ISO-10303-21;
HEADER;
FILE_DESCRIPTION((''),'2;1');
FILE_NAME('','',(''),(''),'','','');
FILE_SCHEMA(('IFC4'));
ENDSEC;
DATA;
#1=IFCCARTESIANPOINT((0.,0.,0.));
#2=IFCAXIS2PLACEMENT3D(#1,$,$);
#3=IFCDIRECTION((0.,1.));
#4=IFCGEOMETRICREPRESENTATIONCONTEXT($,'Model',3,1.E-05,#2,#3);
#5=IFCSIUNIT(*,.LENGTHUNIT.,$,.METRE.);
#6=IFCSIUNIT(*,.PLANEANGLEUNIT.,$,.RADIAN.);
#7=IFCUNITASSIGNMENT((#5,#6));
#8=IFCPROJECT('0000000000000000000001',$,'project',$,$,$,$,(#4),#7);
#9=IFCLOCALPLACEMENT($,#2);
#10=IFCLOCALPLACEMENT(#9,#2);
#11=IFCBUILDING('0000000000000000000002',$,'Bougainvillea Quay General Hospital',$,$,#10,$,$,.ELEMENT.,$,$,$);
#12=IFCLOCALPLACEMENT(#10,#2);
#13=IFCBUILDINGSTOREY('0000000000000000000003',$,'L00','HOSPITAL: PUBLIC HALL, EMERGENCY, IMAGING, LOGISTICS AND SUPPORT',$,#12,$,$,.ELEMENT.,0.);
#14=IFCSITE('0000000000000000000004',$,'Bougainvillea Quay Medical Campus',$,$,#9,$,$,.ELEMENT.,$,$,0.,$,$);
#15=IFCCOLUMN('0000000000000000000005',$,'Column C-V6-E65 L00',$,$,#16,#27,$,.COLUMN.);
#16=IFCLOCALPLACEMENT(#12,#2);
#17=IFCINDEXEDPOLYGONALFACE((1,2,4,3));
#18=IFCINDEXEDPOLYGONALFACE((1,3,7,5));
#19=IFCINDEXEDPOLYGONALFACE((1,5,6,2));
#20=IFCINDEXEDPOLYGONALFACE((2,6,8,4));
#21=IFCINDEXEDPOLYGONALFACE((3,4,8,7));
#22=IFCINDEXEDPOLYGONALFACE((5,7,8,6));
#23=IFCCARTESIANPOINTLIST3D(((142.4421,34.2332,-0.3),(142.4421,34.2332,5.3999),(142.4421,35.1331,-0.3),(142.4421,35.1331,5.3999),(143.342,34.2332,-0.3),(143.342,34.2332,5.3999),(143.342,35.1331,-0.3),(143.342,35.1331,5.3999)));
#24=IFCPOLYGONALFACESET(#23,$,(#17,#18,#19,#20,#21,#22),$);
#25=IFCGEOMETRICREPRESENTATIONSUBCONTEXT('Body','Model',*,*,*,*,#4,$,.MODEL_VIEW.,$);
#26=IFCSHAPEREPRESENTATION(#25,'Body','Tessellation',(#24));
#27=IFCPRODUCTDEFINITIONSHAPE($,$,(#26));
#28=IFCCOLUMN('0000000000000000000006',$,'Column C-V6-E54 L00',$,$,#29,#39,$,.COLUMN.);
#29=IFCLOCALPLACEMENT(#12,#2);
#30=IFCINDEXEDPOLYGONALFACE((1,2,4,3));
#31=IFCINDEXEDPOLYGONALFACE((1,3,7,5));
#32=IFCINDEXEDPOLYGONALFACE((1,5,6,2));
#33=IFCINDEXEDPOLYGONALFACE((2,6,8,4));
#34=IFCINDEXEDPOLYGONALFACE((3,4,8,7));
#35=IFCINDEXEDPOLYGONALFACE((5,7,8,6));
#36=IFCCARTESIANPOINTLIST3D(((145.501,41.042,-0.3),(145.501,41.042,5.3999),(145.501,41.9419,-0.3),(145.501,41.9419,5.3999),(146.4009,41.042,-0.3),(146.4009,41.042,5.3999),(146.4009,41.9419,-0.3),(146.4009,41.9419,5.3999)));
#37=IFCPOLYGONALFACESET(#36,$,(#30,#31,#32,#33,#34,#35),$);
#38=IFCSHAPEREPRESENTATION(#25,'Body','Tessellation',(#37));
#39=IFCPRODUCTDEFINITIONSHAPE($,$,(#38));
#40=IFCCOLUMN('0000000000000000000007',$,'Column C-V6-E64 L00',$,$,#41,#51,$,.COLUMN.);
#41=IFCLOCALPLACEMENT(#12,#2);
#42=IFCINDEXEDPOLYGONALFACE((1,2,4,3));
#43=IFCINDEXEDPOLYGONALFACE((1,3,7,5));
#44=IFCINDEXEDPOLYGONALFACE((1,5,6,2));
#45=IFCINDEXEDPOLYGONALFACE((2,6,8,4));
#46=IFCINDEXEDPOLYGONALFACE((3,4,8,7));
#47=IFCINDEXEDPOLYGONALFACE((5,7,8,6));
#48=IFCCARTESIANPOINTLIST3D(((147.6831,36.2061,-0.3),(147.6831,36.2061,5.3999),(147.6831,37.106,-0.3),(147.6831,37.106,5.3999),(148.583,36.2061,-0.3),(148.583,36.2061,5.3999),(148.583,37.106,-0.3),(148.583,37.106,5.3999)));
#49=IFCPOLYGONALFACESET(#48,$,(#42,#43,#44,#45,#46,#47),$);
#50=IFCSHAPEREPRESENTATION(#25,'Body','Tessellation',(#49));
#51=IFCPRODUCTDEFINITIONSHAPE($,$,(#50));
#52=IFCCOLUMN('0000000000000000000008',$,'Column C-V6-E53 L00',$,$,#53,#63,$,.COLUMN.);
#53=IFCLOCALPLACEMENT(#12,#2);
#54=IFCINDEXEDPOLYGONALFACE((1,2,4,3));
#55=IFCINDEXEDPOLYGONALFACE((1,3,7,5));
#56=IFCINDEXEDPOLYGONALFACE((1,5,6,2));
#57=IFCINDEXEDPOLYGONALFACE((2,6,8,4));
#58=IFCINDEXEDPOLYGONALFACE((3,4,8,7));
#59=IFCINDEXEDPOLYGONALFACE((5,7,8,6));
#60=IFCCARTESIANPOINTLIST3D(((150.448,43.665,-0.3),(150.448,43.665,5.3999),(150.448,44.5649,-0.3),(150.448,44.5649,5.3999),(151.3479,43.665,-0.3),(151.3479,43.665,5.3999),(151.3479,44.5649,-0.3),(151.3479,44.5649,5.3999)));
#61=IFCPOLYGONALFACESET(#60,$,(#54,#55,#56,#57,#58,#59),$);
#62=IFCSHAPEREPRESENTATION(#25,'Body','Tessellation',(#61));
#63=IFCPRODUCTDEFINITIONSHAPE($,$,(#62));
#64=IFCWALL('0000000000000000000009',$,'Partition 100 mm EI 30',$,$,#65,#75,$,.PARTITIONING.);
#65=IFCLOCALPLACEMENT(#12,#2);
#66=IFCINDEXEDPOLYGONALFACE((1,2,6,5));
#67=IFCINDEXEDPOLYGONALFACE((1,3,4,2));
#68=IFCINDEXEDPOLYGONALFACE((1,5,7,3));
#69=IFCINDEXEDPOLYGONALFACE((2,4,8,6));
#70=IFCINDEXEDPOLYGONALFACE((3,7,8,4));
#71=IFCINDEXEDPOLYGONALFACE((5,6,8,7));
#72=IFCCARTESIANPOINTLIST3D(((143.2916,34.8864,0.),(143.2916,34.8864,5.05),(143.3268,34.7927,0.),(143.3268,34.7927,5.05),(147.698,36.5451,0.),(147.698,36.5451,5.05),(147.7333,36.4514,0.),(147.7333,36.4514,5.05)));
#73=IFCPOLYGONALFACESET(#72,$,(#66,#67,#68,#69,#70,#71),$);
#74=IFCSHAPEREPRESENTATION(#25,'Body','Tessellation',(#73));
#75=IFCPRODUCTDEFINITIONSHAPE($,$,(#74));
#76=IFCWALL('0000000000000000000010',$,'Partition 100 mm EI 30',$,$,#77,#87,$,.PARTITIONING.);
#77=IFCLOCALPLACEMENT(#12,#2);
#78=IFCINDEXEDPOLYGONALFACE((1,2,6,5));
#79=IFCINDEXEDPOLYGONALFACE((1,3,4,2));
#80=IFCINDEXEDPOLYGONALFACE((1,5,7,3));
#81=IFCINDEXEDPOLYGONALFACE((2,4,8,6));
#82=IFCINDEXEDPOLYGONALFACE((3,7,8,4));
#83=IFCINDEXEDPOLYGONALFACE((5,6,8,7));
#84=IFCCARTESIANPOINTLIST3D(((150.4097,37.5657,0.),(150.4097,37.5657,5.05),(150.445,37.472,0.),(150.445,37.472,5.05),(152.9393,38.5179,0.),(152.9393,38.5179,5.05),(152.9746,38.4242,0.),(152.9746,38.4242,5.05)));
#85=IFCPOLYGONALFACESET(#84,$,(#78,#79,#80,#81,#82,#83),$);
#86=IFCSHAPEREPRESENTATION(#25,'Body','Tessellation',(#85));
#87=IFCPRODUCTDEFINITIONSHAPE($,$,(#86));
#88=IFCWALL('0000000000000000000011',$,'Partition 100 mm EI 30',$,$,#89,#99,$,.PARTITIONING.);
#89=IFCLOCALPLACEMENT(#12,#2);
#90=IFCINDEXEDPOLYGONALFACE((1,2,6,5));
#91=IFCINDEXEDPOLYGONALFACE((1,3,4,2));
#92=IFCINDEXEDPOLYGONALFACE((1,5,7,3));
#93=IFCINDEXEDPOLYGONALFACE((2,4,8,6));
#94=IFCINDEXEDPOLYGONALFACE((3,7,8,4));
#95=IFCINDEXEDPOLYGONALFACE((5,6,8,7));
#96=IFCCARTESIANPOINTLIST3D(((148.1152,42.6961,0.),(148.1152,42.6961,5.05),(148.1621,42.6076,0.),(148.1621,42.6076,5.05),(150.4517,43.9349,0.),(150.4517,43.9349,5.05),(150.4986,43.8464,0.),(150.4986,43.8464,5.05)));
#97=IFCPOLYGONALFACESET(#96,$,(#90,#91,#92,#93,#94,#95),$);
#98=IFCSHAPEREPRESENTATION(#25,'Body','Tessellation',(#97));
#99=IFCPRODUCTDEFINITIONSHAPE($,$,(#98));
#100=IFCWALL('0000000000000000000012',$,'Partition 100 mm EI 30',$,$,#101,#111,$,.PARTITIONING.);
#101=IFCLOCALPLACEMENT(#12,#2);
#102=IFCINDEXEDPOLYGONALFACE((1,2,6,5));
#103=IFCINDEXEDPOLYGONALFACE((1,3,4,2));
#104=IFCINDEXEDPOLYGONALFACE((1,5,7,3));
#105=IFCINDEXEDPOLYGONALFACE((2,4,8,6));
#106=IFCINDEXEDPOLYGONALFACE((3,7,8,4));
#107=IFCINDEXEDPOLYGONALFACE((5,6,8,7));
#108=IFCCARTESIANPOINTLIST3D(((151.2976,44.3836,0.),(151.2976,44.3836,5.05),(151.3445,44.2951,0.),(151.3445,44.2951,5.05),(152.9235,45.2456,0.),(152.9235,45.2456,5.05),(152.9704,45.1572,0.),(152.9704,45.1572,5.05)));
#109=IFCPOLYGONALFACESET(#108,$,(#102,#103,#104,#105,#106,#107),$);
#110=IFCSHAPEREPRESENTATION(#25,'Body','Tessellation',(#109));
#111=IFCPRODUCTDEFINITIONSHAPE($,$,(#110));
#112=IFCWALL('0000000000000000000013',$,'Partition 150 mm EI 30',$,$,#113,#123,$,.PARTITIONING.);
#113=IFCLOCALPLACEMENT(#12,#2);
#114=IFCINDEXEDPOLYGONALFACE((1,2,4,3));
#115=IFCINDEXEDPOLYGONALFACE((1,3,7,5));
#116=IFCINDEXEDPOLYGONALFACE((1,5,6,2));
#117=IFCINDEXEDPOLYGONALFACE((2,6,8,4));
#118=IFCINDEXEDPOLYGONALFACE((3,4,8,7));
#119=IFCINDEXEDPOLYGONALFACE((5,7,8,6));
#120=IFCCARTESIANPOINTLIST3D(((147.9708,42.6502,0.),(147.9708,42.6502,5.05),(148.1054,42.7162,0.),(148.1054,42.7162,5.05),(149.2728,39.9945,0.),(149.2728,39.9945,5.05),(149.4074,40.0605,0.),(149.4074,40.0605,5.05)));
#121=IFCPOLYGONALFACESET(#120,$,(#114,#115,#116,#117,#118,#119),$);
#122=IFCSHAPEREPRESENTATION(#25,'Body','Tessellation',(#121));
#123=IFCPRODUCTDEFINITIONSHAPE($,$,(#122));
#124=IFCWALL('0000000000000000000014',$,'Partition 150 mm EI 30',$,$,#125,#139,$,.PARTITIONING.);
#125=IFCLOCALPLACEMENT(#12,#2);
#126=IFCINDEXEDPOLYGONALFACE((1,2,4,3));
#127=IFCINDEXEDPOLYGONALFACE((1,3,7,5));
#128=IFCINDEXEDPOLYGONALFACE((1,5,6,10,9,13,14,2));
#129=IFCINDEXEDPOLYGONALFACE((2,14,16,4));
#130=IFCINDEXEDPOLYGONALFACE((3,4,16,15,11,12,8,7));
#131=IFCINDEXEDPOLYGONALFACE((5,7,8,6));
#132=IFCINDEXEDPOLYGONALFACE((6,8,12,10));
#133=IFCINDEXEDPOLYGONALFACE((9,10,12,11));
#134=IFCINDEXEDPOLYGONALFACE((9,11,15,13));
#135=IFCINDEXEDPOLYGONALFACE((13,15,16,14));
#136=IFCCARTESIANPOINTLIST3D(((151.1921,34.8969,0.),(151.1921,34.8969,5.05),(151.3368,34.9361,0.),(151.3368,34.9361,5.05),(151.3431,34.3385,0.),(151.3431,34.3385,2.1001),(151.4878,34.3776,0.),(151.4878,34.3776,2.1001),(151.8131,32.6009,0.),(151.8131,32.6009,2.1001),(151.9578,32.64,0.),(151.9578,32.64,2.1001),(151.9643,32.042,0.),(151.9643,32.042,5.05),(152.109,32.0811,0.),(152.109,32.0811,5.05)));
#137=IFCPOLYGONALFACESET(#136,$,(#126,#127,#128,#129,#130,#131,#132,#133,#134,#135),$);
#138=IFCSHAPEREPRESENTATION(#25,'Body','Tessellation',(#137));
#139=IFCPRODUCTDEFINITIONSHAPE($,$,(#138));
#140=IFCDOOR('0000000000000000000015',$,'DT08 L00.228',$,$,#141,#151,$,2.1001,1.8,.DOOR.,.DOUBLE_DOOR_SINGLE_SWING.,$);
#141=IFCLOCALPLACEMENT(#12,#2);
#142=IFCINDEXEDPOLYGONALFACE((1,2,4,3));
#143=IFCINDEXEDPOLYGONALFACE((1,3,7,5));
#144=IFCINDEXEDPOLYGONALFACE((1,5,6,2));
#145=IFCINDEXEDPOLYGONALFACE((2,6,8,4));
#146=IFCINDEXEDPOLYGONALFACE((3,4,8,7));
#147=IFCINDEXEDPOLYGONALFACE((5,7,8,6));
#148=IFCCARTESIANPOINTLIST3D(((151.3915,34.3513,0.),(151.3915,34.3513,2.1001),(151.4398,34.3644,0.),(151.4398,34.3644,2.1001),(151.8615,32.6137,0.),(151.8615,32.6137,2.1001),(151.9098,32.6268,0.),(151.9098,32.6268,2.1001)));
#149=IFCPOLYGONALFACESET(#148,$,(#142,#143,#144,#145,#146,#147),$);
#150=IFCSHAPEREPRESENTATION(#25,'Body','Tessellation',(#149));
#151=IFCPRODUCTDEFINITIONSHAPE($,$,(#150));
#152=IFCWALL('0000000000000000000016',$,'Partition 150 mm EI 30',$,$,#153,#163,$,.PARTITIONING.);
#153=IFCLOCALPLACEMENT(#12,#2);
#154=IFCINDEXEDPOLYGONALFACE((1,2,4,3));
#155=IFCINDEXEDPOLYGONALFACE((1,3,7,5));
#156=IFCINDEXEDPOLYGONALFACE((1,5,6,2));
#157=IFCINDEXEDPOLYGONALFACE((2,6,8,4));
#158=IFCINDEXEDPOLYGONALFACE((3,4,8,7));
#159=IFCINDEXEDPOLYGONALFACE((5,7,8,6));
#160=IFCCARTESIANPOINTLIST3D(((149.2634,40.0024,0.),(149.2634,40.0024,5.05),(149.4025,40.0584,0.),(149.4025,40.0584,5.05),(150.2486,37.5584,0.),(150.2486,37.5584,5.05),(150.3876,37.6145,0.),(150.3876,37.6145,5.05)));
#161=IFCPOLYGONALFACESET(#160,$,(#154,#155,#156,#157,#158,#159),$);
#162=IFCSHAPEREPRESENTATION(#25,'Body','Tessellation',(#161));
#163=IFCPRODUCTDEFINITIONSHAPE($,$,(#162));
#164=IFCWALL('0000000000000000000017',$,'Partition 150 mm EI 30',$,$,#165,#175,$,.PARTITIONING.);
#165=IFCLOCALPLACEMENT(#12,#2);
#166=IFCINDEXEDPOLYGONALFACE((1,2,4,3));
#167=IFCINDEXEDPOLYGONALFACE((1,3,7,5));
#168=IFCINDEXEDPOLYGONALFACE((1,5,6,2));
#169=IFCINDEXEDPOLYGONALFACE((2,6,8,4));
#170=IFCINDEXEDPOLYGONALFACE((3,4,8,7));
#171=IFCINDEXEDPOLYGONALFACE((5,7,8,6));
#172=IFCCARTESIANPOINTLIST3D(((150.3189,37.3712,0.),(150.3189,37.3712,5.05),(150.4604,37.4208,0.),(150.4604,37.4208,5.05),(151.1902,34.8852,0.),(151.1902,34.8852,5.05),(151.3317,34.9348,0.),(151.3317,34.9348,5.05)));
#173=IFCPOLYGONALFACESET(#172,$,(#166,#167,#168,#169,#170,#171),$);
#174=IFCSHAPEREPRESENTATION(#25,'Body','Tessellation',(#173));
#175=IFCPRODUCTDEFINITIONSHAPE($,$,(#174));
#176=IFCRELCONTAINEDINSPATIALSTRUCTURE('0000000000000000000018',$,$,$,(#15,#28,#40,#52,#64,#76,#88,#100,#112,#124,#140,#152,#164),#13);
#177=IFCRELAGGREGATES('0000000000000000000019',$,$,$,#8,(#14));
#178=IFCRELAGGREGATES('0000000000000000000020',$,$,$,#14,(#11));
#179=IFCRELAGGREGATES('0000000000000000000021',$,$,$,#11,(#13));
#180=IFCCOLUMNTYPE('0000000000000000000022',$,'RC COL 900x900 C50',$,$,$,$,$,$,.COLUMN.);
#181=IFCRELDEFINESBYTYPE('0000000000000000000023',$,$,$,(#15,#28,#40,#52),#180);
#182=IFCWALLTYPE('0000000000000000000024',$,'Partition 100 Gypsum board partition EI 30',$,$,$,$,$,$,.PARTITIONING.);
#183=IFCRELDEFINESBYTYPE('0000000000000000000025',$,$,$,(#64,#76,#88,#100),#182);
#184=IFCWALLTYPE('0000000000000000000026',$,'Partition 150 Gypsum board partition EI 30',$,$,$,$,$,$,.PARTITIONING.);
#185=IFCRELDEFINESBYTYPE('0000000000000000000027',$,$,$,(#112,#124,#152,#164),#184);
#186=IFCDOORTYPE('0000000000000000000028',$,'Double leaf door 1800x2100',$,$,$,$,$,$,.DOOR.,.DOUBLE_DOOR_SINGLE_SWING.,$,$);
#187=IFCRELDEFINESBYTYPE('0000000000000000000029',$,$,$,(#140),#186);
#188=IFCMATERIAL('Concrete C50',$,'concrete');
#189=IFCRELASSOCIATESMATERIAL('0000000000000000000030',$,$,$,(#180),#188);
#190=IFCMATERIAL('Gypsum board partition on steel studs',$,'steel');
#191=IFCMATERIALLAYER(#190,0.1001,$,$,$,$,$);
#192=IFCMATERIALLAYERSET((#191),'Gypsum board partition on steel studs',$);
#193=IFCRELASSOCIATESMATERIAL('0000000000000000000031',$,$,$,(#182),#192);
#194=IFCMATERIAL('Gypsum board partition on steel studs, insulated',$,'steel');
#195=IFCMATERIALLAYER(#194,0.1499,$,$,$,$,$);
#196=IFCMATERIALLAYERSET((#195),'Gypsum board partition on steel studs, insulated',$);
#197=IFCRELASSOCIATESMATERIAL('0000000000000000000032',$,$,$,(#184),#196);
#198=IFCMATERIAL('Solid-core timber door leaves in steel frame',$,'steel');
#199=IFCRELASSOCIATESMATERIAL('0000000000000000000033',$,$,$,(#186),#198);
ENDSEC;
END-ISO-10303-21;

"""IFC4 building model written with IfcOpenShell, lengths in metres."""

from ifc_helpers import new_model, si_unit, direction, frame, frame_2d, origin, origin_2d, place, context, subcontext, project, spatial, rectangle, extrude, material, layer, layer_set, material_profile, profile_set, type_object, element, fill, save


model = new_model("IFC4")

# Units and contexts
model_context = context("Model", 3, precision=1e-05, world=origin(), true_north=direction((0.0, 1.0)))
body_context = subcontext(model_context, "Body", "Model", "MODEL_VIEW")
ifc_project = project(units=[si_unit("LENGTHUNIT", "METRE"), si_unit("PLANEANGLEUNIT", "RADIAN")], contexts=[model_context])

# Site, building, storey
site_placement = place(None, origin())
site = spatial("IfcSite", under=ifc_project, at=site_placement, Name="Bougainvillea Quay Medical Campus", CompositionType="ELEMENT", RefElevation=0.0)
building_placement = place(site_placement, origin())
building = spatial("IfcBuilding", under=site, at=building_placement, Name="Bougainvillea Quay General Hospital", CompositionType="ELEMENT")
storey_placement = place(building_placement, origin())
storey = spatial("IfcBuildingStorey", under=building, at=storey_placement, Name="L00", Description="HOSPITAL: PUBLIC HALL, EMERGENCY, IMAGING, LOGISTICS AND SUPPORT", CompositionType="ELEMENT", Elevation=0.0)

# Columns
ifc_material_1 = material(Name="Concrete C50", Category="concrete")
ifc_material_profile_1 = material_profile(ifc_material_1, rectangle(XDim=0.8999, YDim=0.8999, at=origin_2d()))
ifc_profile_set_1 = profile_set([ifc_material_profile_1], Name="Concrete C50")
column_type = type_object("IfcColumnType", Name="RC COL 900x900 C50", PredefinedType="COLUMN", material=ifc_profile_set_1)
for number, where, z_axis, x_axis, name in (
    (1, (142.8921, 34.6831, -0.3), (0.0, 0.0, 1.0), (1.0, 0.0, 0.0), "Column C-V6-E65 L00"),
    (2, (145.9509, 41.4919, -0.3), (0.0, 0.0, 1.0), (1.0, 0.0, 0.0), "Column C-V6-E54 L00"),
    (3, (148.1331, 36.656, -0.3), (0.0, 0.0, 1.0), (1.0, 0.0, 0.0), "Column C-V6-E64 L00"),
    (4, (150.8979, 44.115, -0.3), (0.0, 0.0, 1.0), (1.0, 0.0, 0.0), "Column C-V6-E53 L00"),
):
    element("IfcColumn", number, at=place(storey_placement, frame(where, z_axis=z_axis, x_axis=x_axis)), inside=storey, type_object=column_type, Name=name, PredefinedType="COLUMN", context=body_context, shape_type="SweptSolid", body=[
        extrude(rectangle(XDim=0.8999, YDim=0.8999, at=origin_2d()), origin(), (0.0, 0.0, 1.0), 5.7),
    ])

# Walls
ifc_material_2 = material(Name="Gypsum board partition on steel studs", Category="steel")
ifc_layer_1 = layer(ifc_material_2, 0.1001)
ifc_layer_set_1 = layer_set([ifc_layer_1], Name="Gypsum board partition on steel studs")
wall_type_1 = type_object("IfcWallType", Name="Partition 100 Gypsum board partition EI 30", PredefinedType="PARTITIONING", material=ifc_layer_set_1)
wall_1_placement = place(storey_placement, frame((143.3093, 34.8396, 0.0), z_axis=(0.0, 0.0, 1.0), x_axis=(0.935892, 0.352288, 0.0)))
element("IfcWall", 5, at=wall_1_placement, inside=storey, type_object=wall_type_1, Name="Partition 100 mm EI 30", PredefinedType="PARTITIONING", context=body_context, shape_type="SweptSolid", body=[
    extrude(rectangle(XDim=4.7083, YDim=0.1001, at=frame_2d((2.354, 0.0))), origin(), (0.0, 0.0, 1.0), 5.05),
])
wall_2_placement = place(storey_placement, frame((150.4272, 37.5188, 0.0), z_axis=(0.0, 0.0, 1.0), x_axis=(0.935894, 0.352281, 0.0)))
element("IfcWall", 6, at=wall_2_placement, inside=storey, type_object=wall_type_1, Name="Partition 100 mm EI 30", PredefinedType="PARTITIONING", context=body_context, shape_type="SweptSolid", body=[
    extrude(rectangle(XDim=2.7029, YDim=0.1001, at=frame_2d((1.3516, 0.0))), origin(), (0.0, 0.0, 1.0), 5.05),
])
wall_3_placement = place(storey_placement, frame((148.1387, 42.6519, 0.0), z_axis=(0.0, 0.0, 1.0), x_axis=(0.8835, 0.468431, 0.0)))
element("IfcWall", 7, at=wall_3_placement, inside=storey, type_object=wall_type_1, Name="Partition 100 mm EI 30", PredefinedType="PARTITIONING", context=body_context, shape_type="SweptSolid", body=[
    extrude(rectangle(XDim=2.6445, YDim=0.1001, at=frame_2d((1.3223, 0.0))), origin(), (0.0, 0.0, 1.0), 5.05),
])
wall_4_placement = place(storey_placement, frame((151.321, 44.3394, 0.0), z_axis=(0.0, 0.0, 1.0), x_axis=(0.883507, 0.468418, 0.0)))
element("IfcWall", 8, at=wall_4_placement, inside=storey, type_object=wall_type_1, Name="Partition 100 mm EI 30", PredefinedType="PARTITIONING", context=body_context, shape_type="SweptSolid", body=[
    extrude(rectangle(XDim=1.8403, YDim=0.1001, at=frame_2d((0.9202, 0.0))), origin(), (0.0, 0.0, 1.0), 5.05),
])
ifc_material_3 = material(Name="Gypsum board partition on steel studs, insulated", Category="steel")
ifc_layer_2 = layer(ifc_material_3, 0.1499)
ifc_layer_set_2 = layer_set([ifc_layer_2], Name="Gypsum board partition on steel studs, insulated")
wall_type_2 = type_object("IfcWallType", Name="Partition 150 Gypsum board partition EI 30", PredefinedType="PARTITIONING", material=ifc_layer_set_2)
wall_5_placement = place(storey_placement, frame((148.0381, 42.6833, 0.0), z_axis=(0.0, 0.0, 1.0), x_axis=(0.4402, -0.8979, 0.0)))
element("IfcWall", 9, at=wall_5_placement, inside=storey, type_object=wall_type_2, Name="Partition 150 mm EI 30", PredefinedType="PARTITIONING", context=body_context, shape_type="SweptSolid", body=[
    extrude(rectangle(XDim=2.9578, YDim=0.1499, at=frame_2d((1.479, 0.0))), origin(), (0.0, 0.0, 1.0), 5.05),
])

# Wall, opening, door
wall_6_placement = place(storey_placement, frame((151.2644, 34.9165, 0.0), z_axis=(0.0, 0.0, 1.0), x_axis=(0.261098, -0.965312, 0.0)))
wall_6 = element("IfcWall", 10, at=wall_6_placement, inside=storey, type_object=wall_type_2, Name="Partition 150 mm EI 30", PredefinedType="PARTITIONING", context=body_context, shape_type="SweptSolid", body=[
    extrude(rectangle(XDim=2.9575, YDim=0.1499, at=frame_2d((1.4788, 0.0))), origin(), (0.0, 0.0, 1.0), 5.05),
])
opening_1_placement = place(wall_6_placement, frame((0.5786, 0.0, 0.0)))
opening_1 = element("IfcOpeningElement", 11, at=opening_1_placement, cuts=wall_6, PredefinedType="OPENING", context=body_context, shape_type="SweptSolid", body=[
    extrude(rectangle(XDim=1.8, YDim=2.1001, at=frame_2d((0.8999, 1.05))), frame((0.0, 0.085, 0.0), z_axis=(0.0, -1.0, 0.0), x_axis=(1.0, 0.0, 0.0)), (0.0, 0.0, 1.0), 0.1699),
])
ifc_material_4 = material(Name="Solid-core timber door leaves in steel frame", Category="steel")
door_type_1 = type_object("IfcDoorType", Name="Double leaf door 1800x2100", OperationType="DOUBLE_DOOR_SINGLE_SWING", PredefinedType="DOOR", material=ifc_material_4)
door_1_placement = place(opening_1_placement, frame((1.8, 0.0, 0.0), z_axis=(0.0, 0.0, 1.0), x_axis=(-1.0, 0.0, 0.0)))
door_1 = element("IfcDoor", 12, at=door_1_placement, inside=storey, type_object=door_type_1, Name="DT08 L00.228", OperationType="DOUBLE_DOOR_SINGLE_SWING", OverallHeight=2.1001, OverallWidth=1.8, PredefinedType="DOOR", context=body_context, shape_type="SweptSolid", body=[
    extrude(rectangle(XDim=1.8, YDim=2.1001, at=frame_2d((0.8999, 1.05))), frame((0.0, 0.0249, 0.0), z_axis=(0.0, -1.0, 0.0), x_axis=(1.0, 0.0, 0.0)), (0.0, 0.0, 1.0), 0.05),
])
fill(opening_1, door_1)

# Walls
wall_7_placement = place(storey_placement, frame((149.333, 40.0303, 0.0), z_axis=(0.0, 0.0, 1.0), x_axis=(0.373865, -0.927483, 0.0)))
element("IfcWall", 13, at=wall_7_placement, inside=storey, type_object=wall_type_2, Name="Partition 150 mm EI 30", PredefinedType="PARTITIONING", context=body_context, shape_type="SweptSolid", body=[
    extrude(rectangle(XDim=2.635, YDim=0.1499, at=frame_2d((1.3174, 0.0))), origin(), (0.0, 0.0, 1.0), 5.05),
])
wall_8_placement = place(storey_placement, frame((150.3896, 37.396, 0.0), z_axis=(0.0, 0.0, 1.0), x_axis=(0.330759, -0.943715, 0.0)))
element("IfcWall", 14, at=wall_8_placement, inside=storey, type_object=wall_type_2, Name="Partition 150 mm EI 30", PredefinedType="PARTITIONING", context=body_context, shape_type="SweptSolid", body=[
    extrude(rectangle(XDim=2.6343, YDim=0.1499, at=frame_2d((1.3171, 0.0))), origin(), (0.0, 0.0, 1.0), 5.05),
])

save(model, "model.ifc")
